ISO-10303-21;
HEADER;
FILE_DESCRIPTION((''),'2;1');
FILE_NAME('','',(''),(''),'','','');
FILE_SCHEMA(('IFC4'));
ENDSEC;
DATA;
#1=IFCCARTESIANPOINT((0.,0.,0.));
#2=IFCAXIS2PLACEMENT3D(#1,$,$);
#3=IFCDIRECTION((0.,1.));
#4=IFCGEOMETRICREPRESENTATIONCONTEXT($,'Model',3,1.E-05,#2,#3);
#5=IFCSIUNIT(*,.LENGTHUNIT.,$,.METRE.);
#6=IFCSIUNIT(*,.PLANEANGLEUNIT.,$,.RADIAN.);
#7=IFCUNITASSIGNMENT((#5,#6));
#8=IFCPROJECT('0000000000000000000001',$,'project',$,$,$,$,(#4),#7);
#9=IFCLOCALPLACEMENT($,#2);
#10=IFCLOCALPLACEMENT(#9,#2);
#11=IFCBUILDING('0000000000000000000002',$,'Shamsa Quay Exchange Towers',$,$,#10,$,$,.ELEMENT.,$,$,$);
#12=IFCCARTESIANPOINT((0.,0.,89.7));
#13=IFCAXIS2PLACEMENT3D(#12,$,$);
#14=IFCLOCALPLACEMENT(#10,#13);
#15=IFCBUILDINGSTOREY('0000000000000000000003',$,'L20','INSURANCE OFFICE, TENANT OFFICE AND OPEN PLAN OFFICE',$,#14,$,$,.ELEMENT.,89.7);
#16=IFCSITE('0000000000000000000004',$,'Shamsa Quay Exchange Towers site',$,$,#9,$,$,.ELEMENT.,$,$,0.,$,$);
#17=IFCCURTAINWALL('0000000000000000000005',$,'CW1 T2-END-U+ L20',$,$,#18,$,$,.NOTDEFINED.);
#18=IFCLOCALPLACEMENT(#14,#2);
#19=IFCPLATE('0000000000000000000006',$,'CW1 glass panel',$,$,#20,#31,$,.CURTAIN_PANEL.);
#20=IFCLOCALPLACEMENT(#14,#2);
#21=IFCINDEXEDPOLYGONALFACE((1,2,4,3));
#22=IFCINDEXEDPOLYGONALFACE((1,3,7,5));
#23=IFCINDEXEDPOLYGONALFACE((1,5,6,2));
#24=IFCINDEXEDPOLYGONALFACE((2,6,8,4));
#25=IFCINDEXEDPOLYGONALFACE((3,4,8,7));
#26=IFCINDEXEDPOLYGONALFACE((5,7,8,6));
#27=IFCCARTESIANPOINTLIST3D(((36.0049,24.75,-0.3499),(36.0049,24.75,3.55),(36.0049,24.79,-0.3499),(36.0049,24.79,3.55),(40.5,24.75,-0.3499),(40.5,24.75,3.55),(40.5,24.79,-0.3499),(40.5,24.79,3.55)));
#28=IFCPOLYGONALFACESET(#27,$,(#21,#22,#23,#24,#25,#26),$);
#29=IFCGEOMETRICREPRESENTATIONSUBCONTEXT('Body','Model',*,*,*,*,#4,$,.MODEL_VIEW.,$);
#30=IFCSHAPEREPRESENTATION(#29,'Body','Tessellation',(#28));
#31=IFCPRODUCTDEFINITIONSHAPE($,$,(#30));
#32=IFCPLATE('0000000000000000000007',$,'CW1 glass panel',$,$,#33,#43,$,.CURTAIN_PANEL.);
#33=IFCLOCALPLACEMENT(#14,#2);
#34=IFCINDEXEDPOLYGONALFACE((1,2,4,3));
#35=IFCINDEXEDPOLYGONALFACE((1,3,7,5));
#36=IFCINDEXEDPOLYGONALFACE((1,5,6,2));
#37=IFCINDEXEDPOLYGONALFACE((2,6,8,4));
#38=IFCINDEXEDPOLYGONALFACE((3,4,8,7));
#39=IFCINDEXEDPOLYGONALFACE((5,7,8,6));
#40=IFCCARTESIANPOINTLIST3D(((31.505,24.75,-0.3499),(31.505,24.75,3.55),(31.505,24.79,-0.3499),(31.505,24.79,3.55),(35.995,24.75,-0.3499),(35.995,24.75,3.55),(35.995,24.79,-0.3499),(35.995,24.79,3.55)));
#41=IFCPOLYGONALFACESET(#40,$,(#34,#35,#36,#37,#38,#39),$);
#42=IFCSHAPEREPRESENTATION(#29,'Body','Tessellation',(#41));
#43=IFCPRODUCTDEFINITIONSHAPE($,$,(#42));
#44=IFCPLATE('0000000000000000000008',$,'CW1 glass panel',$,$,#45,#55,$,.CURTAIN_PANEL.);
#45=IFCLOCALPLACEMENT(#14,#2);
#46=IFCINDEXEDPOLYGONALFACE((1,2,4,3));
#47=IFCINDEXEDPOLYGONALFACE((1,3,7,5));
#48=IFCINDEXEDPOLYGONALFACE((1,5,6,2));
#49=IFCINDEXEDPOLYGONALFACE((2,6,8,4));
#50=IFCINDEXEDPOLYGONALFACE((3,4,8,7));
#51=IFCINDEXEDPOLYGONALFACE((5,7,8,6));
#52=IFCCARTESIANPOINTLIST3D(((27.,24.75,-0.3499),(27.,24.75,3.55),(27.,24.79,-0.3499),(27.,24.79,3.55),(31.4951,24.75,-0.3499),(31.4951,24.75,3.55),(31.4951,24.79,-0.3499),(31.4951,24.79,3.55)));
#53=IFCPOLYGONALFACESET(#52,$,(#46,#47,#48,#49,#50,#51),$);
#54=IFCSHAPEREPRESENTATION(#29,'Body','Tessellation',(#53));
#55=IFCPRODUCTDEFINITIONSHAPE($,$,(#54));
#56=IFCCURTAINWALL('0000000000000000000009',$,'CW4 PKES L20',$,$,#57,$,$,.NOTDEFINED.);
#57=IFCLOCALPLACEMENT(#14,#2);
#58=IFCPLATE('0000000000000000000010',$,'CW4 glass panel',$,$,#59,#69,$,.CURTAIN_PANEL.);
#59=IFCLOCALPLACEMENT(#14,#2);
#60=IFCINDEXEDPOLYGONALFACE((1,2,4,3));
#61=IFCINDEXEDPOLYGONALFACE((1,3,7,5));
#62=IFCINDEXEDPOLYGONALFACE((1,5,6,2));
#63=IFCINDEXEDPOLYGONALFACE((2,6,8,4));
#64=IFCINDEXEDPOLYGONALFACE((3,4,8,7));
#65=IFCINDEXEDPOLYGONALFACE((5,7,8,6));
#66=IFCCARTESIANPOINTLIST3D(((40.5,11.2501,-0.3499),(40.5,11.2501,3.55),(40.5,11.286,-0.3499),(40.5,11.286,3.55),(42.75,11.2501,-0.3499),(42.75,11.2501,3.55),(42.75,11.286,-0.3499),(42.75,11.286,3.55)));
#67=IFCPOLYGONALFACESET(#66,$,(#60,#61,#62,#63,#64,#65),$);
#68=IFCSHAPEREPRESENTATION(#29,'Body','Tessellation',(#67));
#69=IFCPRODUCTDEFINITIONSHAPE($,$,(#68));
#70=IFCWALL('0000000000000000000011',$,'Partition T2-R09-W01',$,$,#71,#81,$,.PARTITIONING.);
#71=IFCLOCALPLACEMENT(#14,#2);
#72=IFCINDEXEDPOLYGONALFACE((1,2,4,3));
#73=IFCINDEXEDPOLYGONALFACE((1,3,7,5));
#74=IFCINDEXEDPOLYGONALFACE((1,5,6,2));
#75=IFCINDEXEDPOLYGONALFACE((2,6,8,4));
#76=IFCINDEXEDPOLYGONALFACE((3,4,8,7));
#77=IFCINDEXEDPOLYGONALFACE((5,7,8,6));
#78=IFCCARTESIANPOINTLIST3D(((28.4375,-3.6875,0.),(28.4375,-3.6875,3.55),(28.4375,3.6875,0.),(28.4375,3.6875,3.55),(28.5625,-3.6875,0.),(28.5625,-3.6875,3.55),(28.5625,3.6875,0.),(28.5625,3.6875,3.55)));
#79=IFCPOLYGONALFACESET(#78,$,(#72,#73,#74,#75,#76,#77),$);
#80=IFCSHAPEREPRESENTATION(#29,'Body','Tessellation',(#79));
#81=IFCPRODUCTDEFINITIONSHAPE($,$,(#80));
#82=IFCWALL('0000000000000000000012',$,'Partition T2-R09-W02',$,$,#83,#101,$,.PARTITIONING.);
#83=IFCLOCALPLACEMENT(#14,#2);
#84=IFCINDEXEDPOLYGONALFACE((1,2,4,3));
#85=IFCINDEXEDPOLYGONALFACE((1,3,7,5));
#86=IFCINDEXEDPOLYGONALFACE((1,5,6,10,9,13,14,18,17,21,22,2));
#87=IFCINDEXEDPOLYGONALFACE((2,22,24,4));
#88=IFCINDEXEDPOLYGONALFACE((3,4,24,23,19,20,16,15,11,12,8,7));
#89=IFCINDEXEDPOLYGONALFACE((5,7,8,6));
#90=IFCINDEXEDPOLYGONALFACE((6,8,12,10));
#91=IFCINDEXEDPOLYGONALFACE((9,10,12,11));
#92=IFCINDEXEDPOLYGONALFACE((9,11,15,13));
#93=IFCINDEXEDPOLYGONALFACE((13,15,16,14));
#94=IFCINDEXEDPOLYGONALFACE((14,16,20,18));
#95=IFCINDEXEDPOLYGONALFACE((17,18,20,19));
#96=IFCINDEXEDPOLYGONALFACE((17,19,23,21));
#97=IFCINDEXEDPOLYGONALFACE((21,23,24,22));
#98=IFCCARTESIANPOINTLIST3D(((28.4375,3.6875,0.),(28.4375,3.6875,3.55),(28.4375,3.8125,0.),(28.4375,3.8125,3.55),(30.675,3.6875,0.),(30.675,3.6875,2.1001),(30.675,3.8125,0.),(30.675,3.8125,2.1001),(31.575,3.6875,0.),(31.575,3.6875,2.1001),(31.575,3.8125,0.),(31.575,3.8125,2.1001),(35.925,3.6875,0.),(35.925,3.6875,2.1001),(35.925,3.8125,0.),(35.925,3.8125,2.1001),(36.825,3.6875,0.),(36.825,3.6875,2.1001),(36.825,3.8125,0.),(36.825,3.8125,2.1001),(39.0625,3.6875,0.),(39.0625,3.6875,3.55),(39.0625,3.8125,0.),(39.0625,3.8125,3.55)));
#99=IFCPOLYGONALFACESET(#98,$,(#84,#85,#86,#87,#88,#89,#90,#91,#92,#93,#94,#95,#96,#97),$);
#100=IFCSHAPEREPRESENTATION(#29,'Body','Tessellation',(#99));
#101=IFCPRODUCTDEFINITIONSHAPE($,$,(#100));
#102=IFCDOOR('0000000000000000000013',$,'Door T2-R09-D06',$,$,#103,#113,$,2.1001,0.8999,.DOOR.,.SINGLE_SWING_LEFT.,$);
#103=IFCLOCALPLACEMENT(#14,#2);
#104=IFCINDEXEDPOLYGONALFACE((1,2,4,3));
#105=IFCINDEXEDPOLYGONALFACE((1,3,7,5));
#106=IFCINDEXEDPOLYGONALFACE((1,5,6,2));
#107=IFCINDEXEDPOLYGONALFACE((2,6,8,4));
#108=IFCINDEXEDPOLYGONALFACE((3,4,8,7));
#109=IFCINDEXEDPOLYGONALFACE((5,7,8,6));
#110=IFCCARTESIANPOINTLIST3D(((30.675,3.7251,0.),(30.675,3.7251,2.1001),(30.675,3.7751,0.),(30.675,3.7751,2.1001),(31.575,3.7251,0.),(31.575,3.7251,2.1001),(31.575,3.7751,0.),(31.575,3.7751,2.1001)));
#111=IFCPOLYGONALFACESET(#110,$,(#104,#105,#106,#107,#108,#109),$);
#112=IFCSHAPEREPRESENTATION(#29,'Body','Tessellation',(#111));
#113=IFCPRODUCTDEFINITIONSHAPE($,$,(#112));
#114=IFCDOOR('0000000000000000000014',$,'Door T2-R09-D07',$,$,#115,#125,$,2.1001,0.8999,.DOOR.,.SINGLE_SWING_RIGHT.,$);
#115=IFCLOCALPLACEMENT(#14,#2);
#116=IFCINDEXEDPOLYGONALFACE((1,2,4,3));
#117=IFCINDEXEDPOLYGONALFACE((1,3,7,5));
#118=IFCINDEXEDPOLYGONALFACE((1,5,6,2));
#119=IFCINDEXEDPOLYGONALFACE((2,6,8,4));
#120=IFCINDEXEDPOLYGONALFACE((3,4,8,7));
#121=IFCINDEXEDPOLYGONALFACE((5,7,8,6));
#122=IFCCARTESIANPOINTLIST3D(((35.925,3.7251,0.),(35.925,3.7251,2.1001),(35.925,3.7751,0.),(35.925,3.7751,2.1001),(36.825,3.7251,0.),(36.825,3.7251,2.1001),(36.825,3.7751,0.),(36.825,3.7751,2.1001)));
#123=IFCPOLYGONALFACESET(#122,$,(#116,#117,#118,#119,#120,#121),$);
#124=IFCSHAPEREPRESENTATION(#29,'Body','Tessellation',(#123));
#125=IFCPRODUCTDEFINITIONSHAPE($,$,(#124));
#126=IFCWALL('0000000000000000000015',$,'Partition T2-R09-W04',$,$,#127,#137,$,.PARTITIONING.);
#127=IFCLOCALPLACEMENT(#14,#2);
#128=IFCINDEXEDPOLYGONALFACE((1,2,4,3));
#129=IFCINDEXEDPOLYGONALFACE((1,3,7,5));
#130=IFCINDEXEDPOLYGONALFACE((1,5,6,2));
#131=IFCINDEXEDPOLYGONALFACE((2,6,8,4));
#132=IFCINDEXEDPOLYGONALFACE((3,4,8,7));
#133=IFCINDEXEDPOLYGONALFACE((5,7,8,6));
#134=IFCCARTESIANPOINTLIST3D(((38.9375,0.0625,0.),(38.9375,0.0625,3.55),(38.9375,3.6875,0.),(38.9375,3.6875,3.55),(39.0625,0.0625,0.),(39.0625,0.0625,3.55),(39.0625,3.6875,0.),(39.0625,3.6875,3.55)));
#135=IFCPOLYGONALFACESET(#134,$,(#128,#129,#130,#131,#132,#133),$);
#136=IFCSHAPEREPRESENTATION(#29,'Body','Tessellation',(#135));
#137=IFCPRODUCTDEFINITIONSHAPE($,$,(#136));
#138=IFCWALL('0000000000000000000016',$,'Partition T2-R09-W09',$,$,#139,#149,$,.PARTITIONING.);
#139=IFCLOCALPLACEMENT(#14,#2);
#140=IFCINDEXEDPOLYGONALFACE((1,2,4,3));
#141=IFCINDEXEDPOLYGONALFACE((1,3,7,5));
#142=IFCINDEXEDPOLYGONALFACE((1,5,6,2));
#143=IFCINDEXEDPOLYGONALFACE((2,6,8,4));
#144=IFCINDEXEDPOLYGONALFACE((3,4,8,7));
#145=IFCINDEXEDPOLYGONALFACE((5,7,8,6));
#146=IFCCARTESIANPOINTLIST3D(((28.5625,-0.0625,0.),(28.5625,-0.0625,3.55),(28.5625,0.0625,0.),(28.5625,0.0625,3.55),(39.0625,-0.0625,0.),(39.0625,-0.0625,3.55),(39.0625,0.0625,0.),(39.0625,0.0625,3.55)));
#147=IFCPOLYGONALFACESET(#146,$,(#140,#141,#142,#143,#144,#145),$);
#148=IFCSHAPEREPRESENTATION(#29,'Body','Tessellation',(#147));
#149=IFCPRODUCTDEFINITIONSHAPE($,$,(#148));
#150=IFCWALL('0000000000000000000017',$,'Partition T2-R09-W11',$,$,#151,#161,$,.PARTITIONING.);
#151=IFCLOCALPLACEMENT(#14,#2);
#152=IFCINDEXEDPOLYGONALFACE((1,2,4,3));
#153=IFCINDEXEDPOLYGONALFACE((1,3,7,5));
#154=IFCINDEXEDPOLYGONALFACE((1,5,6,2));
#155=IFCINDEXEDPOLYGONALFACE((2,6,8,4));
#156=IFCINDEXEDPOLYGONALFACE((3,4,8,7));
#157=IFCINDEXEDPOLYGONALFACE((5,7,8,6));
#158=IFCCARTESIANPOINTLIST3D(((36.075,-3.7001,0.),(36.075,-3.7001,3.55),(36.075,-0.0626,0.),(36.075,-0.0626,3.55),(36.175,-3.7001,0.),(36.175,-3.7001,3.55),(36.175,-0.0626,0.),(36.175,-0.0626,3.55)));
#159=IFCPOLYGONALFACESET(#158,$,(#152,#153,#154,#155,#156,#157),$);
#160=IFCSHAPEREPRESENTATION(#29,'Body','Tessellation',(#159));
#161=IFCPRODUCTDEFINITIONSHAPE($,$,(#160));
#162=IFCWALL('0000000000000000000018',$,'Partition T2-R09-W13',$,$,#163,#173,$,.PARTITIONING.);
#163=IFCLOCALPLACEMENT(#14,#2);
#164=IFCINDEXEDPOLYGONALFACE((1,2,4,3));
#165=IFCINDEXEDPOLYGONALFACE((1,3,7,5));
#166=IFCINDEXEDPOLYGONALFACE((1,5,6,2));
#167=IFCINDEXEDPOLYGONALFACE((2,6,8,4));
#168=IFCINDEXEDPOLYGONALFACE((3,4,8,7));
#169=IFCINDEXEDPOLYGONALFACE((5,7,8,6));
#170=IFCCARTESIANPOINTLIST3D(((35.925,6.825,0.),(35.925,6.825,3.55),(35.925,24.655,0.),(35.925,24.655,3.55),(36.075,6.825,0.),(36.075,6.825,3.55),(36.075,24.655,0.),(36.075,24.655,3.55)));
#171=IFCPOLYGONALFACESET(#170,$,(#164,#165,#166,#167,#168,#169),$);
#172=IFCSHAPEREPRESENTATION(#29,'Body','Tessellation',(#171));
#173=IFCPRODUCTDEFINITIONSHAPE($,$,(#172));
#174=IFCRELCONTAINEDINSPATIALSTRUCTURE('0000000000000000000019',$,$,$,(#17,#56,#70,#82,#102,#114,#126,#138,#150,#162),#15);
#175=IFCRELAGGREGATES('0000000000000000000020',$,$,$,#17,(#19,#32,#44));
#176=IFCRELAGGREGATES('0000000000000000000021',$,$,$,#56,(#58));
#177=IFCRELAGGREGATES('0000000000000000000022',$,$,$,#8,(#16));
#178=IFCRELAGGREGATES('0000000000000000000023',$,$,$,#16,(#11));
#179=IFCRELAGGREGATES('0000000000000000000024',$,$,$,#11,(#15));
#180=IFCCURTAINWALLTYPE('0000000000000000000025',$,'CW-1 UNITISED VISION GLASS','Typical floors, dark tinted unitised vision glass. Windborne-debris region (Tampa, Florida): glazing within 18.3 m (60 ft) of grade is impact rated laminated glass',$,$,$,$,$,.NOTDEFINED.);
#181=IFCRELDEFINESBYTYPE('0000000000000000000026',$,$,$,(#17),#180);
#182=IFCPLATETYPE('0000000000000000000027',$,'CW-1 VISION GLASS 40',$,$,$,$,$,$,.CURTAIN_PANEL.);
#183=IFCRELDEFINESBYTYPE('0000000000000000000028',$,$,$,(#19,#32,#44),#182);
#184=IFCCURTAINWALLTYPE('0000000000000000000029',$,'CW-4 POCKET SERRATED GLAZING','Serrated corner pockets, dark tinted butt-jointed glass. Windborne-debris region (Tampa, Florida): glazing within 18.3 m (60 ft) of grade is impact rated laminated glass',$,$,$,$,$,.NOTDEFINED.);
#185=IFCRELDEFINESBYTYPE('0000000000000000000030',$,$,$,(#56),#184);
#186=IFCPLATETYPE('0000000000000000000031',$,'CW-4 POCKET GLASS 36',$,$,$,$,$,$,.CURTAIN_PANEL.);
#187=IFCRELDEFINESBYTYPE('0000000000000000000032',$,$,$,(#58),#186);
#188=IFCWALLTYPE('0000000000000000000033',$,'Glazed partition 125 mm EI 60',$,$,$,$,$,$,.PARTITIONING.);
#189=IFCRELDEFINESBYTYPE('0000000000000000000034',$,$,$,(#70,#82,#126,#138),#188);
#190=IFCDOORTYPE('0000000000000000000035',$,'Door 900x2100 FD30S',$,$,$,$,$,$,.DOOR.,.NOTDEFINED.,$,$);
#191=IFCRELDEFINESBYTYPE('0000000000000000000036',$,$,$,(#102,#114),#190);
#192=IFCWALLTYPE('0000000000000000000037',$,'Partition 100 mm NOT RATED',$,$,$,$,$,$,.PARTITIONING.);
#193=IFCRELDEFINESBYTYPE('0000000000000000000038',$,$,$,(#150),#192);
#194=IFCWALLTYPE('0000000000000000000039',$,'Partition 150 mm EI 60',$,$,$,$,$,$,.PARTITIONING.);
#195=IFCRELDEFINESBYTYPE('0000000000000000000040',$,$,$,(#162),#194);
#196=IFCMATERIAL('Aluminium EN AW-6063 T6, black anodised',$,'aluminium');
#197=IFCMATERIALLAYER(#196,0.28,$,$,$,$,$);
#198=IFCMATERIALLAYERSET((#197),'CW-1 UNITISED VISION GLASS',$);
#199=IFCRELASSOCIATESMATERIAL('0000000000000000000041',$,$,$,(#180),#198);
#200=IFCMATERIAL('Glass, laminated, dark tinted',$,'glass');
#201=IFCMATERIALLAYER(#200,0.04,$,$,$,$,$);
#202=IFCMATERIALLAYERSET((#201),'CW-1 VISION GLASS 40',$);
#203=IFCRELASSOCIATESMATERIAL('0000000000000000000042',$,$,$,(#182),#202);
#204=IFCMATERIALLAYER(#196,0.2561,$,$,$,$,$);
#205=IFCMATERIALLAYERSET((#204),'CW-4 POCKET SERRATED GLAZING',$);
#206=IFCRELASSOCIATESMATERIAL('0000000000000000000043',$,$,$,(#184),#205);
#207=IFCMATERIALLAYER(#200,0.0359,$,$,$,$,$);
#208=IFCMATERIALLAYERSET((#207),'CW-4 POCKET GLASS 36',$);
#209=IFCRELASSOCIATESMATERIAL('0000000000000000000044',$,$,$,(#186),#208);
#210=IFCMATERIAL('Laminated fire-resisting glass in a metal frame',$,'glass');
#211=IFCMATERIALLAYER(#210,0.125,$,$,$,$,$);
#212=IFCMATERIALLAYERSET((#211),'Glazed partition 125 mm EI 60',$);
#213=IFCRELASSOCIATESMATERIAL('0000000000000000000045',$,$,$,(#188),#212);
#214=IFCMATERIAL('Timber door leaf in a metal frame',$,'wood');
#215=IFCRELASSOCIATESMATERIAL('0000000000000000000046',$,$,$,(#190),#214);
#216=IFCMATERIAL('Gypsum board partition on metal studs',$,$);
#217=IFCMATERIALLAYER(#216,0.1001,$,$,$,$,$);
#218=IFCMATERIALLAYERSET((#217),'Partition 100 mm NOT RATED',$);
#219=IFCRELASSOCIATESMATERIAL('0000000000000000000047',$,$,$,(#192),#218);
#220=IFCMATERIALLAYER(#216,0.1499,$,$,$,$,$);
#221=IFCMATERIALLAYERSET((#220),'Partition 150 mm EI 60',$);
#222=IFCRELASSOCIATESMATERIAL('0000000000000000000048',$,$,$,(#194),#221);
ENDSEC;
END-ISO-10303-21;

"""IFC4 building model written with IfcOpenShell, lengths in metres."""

from ifc_helpers import new_model, si_unit, direction, frame, frame_2d, origin, origin_2d, place, context, subcontext, project, spatial, rectangle, extrude, material, layer, layer_set, type_object, element, fill, aggregate, save


model = new_model("IFC4")

# Units and contexts
model_context = context("Model", 3, precision=1e-05, world=origin(), true_north=direction((0.0, 1.0)))
body_context = subcontext(model_context, "Body", "Model", "MODEL_VIEW")
ifc_project = project(units=[si_unit("LENGTHUNIT", "METRE"), si_unit("PLANEANGLEUNIT", "RADIAN")], contexts=[model_context])

# Site, building, storey
site_placement = place(None, origin())
site = spatial("IfcSite", under=ifc_project, at=site_placement, Name="Shamsa Quay Exchange Towers site", CompositionType="ELEMENT", RefElevation=0.0)
building_placement = place(site_placement, origin())
building = spatial("IfcBuilding", under=site, at=building_placement, Name="Shamsa Quay Exchange Towers", CompositionType="ELEMENT")
storey_placement = place(building_placement, frame((0.0, 0.0, 89.7)))
storey = spatial("IfcBuildingStorey", under=building, at=storey_placement, Name="L20", Description="INSURANCE OFFICE, TENANT OFFICE AND OPEN PLAN OFFICE", CompositionType="ELEMENT", Elevation=89.7)

# Shared definitions
ifc_material_1 = material(Name="Aluminium EN AW-6063 T6, black anodised", Category="aluminium")
ifc_layer_1 = layer(ifc_material_1, 0.28)
ifc_layer_set_1 = layer_set([ifc_layer_1], Name="CW-1 UNITISED VISION GLASS")
curtain_wall_type_1 = type_object("IfcCurtainWallType", Name="CW-1 UNITISED VISION GLASS", Description="Typical floors, dark tinted unitised vision glass. Windborne-debris region (Tampa, Florida): glazing within 18.3 m (60 ft) of grade is impact rated laminated glass", PredefinedType="NOTDEFINED", material=ifc_layer_set_1)

# Curtain wall
curtain_wall_1_placement = place(storey_placement, origin())
curtain_wall_1 = element("IfcCurtainWall", 1, at=curtain_wall_1_placement, inside=storey, type_object=curtain_wall_type_1, Name="CW1 T2-END-U+ L20", PredefinedType="NOTDEFINED")

# Plates
ifc_material_2 = material(Name="Glass, laminated, dark tinted", Category="glass")
ifc_layer_2 = layer(ifc_material_2, 0.04)
ifc_layer_set_2 = layer_set([ifc_layer_2], Name="CW-1 VISION GLASS 40")
plate_type_1 = type_object("IfcPlateType", Name="CW-1 VISION GLASS 40", PredefinedType="CURTAIN_PANEL", material=ifc_layer_set_2)
plate_1_placement = place(storey_placement, frame((38.2524, 24.77, -0.3499), z_axis=(0.0, 0.0, 1.0), x_axis=(-1.0, 0.0, 0.0)))
plate_1 = element("IfcPlate", 2, at=plate_1_placement, type_object=plate_type_1, Name="CW1 glass panel", PredefinedType="CURTAIN_PANEL", context=body_context, shape_type="SweptSolid", body=[
    extrude(rectangle(XDim=4.4951, YDim=0.04, at=origin_2d()), origin(), (0.0, 0.0, 1.0), 3.8999),
])
plate_2_placement = place(storey_placement, frame((33.75, 24.77, -0.3499), z_axis=(0.0, 0.0, 1.0), x_axis=(-1.0, 0.0, 0.0)))
plate_2 = element("IfcPlate", 3, at=plate_2_placement, type_object=plate_type_1, Name="CW1 glass panel", PredefinedType="CURTAIN_PANEL", context=body_context, shape_type="SweptSolid", body=[
    extrude(rectangle(XDim=4.49, YDim=0.04, at=origin_2d()), origin(), (0.0, 0.0, 1.0), 3.8999),
])
plate_3_placement = place(storey_placement, frame((29.2476, 24.77, -0.3499), z_axis=(0.0, 0.0, 1.0), x_axis=(-1.0, 0.0, 0.0)))
plate_3 = element("IfcPlate", 4, at=plate_3_placement, type_object=plate_type_1, Name="CW1 glass panel", PredefinedType="CURTAIN_PANEL", context=body_context, shape_type="SweptSolid", body=[
    extrude(rectangle(XDim=4.4951, YDim=0.04, at=origin_2d()), origin(), (0.0, 0.0, 1.0), 3.8999),
])
aggregate(curtain_wall_1, [plate_1, plate_2, plate_3])

# Curtain wall, plate
ifc_layer_3 = layer(ifc_material_1, 0.2561)
ifc_layer_set_3 = layer_set([ifc_layer_3], Name="CW-4 POCKET SERRATED GLAZING")
curtain_wall_type_2 = type_object("IfcCurtainWallType", Name="CW-4 POCKET SERRATED GLAZING", Description="Serrated corner pockets, dark tinted butt-jointed glass. Windborne-debris region (Tampa, Florida): glazing within 18.3 m (60 ft) of grade is impact rated laminated glass", PredefinedType="NOTDEFINED", material=ifc_layer_set_3)
curtain_wall_2_placement = place(storey_placement, origin())
curtain_wall_2 = element("IfcCurtainWall", 5, at=curtain_wall_2_placement, inside=storey, type_object=curtain_wall_type_2, Name="CW4 PKES L20", PredefinedType="NOTDEFINED")
ifc_layer_4 = layer(ifc_material_2, 0.0359)
ifc_layer_set_4 = layer_set([ifc_layer_4], Name="CW-4 POCKET GLASS 36")
plate_type_2 = type_object("IfcPlateType", Name="CW-4 POCKET GLASS 36", PredefinedType="CURTAIN_PANEL", material=ifc_layer_set_4)
plate_4_placement = place(storey_placement, frame((41.625, 11.2681, -0.3499), z_axis=(0.0, 0.0, 1.0), x_axis=(-1.0, 0.0, 0.0)))
plate_4 = element("IfcPlate", 6, at=plate_4_placement, type_object=plate_type_2, Name="CW4 glass panel", PredefinedType="CURTAIN_PANEL", context=body_context, shape_type="SweptSolid", body=[
    extrude(rectangle(XDim=2.25, YDim=0.0359, at=origin_2d()), origin(), (0.0, 0.0, 1.0), 3.8999),
])
aggregate(curtain_wall_2, [plate_4])

# Wall
ifc_material_3 = material(Name="Laminated fire-resisting glass in a metal frame", Category="glass")
ifc_layer_5 = layer(ifc_material_3, 0.125)
ifc_layer_set_5 = layer_set([ifc_layer_5], Name="Glazed partition 125 mm EI 60")
wall_type_1 = type_object("IfcWallType", Name="Glazed partition 125 mm EI 60", PredefinedType="PARTITIONING", material=ifc_layer_set_5)
wall_1_placement = place(storey_placement, frame((28.5, 3.6875, 0.0), z_axis=(0.0, 0.0, 1.0), x_axis=(0.0, -1.0, 0.0)))
element("IfcWall", 7, at=wall_1_placement, inside=storey, type_object=wall_type_1, Name="Partition T2-R09-W01", PredefinedType="PARTITIONING", context=body_context, shape_type="SweptSolid", body=[
    extrude(rectangle(XDim=7.375, YDim=0.125, at=frame_2d((3.6875, 0.0))), origin(), (0.0, 0.0, 1.0), 3.55),
])

# Wall, openings, doors
wall_2_placement = place(storey_placement, frame((39.0625, 3.75, 0.0), z_axis=(0.0, 0.0, 1.0), x_axis=(-1.0, 0.0, 0.0)))
wall_2 = element("IfcWall", 8, at=wall_2_placement, inside=storey, type_object=wall_type_1, Name="Partition T2-R09-W02", PredefinedType="PARTITIONING", context=body_context, shape_type="SweptSolid", body=[
    extrude(rectangle(XDim=10.625, YDim=0.125, at=frame_2d((5.3125, 0.0))), origin(), (0.0, 0.0, 1.0), 3.55),
])
opening_1_placement = place(wall_2_placement, frame((7.4875, 0.0, 0.0)))
opening_1 = element("IfcOpeningElement", 9, at=opening_1_placement, cuts=wall_2, PredefinedType="OPENING", context=body_context, shape_type="SweptSolid", body=[
    extrude(rectangle(XDim=0.8999, YDim=2.1001, at=frame_2d((0.45, 1.05))), frame((0.0, 0.0725, 0.0), z_axis=(0.0, -1.0, 0.0), x_axis=(1.0, 0.0, 0.0)), (0.0, 0.0, 1.0), 0.145),
])
opening_2_placement = place(wall_2_placement, frame((2.2375, 0.0, 0.0)))
opening_2 = element("IfcOpeningElement", 10, at=opening_2_placement, cuts=wall_2, PredefinedType="OPENING", context=body_context, shape_type="SweptSolid", body=[
    extrude(rectangle(XDim=0.8999, YDim=2.1001, at=frame_2d((0.45, 1.05))), frame((0.0, 0.0725, 0.0), z_axis=(0.0, -1.0, 0.0), x_axis=(1.0, 0.0, 0.0)), (0.0, 0.0, 1.0), 0.145),
])
ifc_material_4 = material(Name="Timber door leaf in a metal frame", Category="wood")
door_type_1 = type_object("IfcDoorType", Name="Door 900x2100 FD30S", OperationType="NOTDEFINED", PredefinedType="DOOR", material=ifc_material_4)
door_1_placement = place(opening_1_placement, origin())
door_1 = element("IfcDoor", 11, at=door_1_placement, inside=storey, type_object=door_type_1, Name="Door T2-R09-D06", OperationType="SINGLE_SWING_LEFT", OverallHeight=2.1001, OverallWidth=0.8999, PredefinedType="DOOR", context=body_context, shape_type="SweptSolid", body=[
    extrude(rectangle(XDim=0.8999, YDim=2.1001, at=frame_2d((0.45, 1.05))), frame((0.0, 0.0249, 0.0), z_axis=(0.0, -1.0, 0.0), x_axis=(1.0, 0.0, 0.0)), (0.0, 0.0, 1.0), 0.05),
])
fill(opening_1, door_1)
door_2_placement = place(opening_2_placement, origin())
door_2 = element("IfcDoor", 12, at=door_2_placement, inside=storey, type_object=door_type_1, Name="Door T2-R09-D07", OperationType="SINGLE_SWING_RIGHT", OverallHeight=2.1001, OverallWidth=0.8999, PredefinedType="DOOR", context=body_context, shape_type="SweptSolid", body=[
    extrude(rectangle(XDim=0.8999, YDim=2.1001, at=frame_2d((0.45, 1.05))), frame((0.0, 0.0249, 0.0), z_axis=(0.0, -1.0, 0.0), x_axis=(1.0, 0.0, 0.0)), (0.0, 0.0, 1.0), 0.05),
])
fill(opening_2, door_2)

# Walls
wall_3_placement = place(storey_placement, frame((39.0, 0.0625, 0.0), z_axis=(0.0, 0.0, 1.0), x_axis=(0.0, 1.0, 0.0)))
element("IfcWall", 13, at=wall_3_placement, inside=storey, type_object=wall_type_1, Name="Partition T2-R09-W04", PredefinedType="PARTITIONING", context=body_context, shape_type="SweptSolid", body=[
    extrude(rectangle(XDim=3.625, YDim=0.125, at=frame_2d((1.8125, 0.0))), origin(), (0.0, 0.0, 1.0), 3.55),
])
wall_4_placement = place(storey_placement, frame((28.5625, 0.0, 0.0)))
element("IfcWall", 14, at=wall_4_placement, inside=storey, type_object=wall_type_1, Name="Partition T2-R09-W09", PredefinedType="PARTITIONING", context=body_context, shape_type="SweptSolid", body=[
    extrude(rectangle(XDim=10.5, YDim=0.125, at=frame_2d((5.25, 0.0))), origin(), (0.0, 0.0, 1.0), 3.55),
])
ifc_material_5 = material(Name="Gypsum board partition on metal studs")
ifc_layer_6 = layer(ifc_material_5, 0.1001)
ifc_layer_set_6 = layer_set([ifc_layer_6], Name="Partition 100 mm NOT RATED")
wall_type_2 = type_object("IfcWallType", Name="Partition 100 mm NOT RATED", PredefinedType="PARTITIONING", material=ifc_layer_set_6)
wall_5_placement = place(storey_placement, frame((36.125, -0.0625, 0.0), z_axis=(0.0, 0.0, 1.0), x_axis=(0.0, -1.0, 0.0)))
element("IfcWall", 15, at=wall_5_placement, inside=storey, type_object=wall_type_2, Name="Partition T2-R09-W11", PredefinedType="PARTITIONING", context=body_context, shape_type="SweptSolid", body=[
    extrude(rectangle(XDim=3.6375, YDim=0.1001, at=frame_2d((1.8188, 0.0))), origin(), (0.0, 0.0, 1.0), 3.55),
])
ifc_layer_7 = layer(ifc_material_5, 0.1499)
ifc_layer_set_7 = layer_set([ifc_layer_7], Name="Partition 150 mm EI 60")
wall_type_3 = type_object("IfcWallType", Name="Partition 150 mm EI 60", PredefinedType="PARTITIONING", material=ifc_layer_set_7)
wall_6_placement = place(storey_placement, frame((36.0, 24.655, 0.0), z_axis=(0.0, 0.0, 1.0), x_axis=(0.0, -1.0, 0.0)))
element("IfcWall", 16, at=wall_6_placement, inside=storey, type_object=wall_type_3, Name="Partition T2-R09-W13", PredefinedType="PARTITIONING", context=body_context, shape_type="SweptSolid", body=[
    extrude(rectangle(XDim=17.8301, YDim=0.1499, at=frame_2d((8.915, 0.0))), origin(), (0.0, 0.0, 1.0), 3.55),
])

save(model, "model.ifc")
